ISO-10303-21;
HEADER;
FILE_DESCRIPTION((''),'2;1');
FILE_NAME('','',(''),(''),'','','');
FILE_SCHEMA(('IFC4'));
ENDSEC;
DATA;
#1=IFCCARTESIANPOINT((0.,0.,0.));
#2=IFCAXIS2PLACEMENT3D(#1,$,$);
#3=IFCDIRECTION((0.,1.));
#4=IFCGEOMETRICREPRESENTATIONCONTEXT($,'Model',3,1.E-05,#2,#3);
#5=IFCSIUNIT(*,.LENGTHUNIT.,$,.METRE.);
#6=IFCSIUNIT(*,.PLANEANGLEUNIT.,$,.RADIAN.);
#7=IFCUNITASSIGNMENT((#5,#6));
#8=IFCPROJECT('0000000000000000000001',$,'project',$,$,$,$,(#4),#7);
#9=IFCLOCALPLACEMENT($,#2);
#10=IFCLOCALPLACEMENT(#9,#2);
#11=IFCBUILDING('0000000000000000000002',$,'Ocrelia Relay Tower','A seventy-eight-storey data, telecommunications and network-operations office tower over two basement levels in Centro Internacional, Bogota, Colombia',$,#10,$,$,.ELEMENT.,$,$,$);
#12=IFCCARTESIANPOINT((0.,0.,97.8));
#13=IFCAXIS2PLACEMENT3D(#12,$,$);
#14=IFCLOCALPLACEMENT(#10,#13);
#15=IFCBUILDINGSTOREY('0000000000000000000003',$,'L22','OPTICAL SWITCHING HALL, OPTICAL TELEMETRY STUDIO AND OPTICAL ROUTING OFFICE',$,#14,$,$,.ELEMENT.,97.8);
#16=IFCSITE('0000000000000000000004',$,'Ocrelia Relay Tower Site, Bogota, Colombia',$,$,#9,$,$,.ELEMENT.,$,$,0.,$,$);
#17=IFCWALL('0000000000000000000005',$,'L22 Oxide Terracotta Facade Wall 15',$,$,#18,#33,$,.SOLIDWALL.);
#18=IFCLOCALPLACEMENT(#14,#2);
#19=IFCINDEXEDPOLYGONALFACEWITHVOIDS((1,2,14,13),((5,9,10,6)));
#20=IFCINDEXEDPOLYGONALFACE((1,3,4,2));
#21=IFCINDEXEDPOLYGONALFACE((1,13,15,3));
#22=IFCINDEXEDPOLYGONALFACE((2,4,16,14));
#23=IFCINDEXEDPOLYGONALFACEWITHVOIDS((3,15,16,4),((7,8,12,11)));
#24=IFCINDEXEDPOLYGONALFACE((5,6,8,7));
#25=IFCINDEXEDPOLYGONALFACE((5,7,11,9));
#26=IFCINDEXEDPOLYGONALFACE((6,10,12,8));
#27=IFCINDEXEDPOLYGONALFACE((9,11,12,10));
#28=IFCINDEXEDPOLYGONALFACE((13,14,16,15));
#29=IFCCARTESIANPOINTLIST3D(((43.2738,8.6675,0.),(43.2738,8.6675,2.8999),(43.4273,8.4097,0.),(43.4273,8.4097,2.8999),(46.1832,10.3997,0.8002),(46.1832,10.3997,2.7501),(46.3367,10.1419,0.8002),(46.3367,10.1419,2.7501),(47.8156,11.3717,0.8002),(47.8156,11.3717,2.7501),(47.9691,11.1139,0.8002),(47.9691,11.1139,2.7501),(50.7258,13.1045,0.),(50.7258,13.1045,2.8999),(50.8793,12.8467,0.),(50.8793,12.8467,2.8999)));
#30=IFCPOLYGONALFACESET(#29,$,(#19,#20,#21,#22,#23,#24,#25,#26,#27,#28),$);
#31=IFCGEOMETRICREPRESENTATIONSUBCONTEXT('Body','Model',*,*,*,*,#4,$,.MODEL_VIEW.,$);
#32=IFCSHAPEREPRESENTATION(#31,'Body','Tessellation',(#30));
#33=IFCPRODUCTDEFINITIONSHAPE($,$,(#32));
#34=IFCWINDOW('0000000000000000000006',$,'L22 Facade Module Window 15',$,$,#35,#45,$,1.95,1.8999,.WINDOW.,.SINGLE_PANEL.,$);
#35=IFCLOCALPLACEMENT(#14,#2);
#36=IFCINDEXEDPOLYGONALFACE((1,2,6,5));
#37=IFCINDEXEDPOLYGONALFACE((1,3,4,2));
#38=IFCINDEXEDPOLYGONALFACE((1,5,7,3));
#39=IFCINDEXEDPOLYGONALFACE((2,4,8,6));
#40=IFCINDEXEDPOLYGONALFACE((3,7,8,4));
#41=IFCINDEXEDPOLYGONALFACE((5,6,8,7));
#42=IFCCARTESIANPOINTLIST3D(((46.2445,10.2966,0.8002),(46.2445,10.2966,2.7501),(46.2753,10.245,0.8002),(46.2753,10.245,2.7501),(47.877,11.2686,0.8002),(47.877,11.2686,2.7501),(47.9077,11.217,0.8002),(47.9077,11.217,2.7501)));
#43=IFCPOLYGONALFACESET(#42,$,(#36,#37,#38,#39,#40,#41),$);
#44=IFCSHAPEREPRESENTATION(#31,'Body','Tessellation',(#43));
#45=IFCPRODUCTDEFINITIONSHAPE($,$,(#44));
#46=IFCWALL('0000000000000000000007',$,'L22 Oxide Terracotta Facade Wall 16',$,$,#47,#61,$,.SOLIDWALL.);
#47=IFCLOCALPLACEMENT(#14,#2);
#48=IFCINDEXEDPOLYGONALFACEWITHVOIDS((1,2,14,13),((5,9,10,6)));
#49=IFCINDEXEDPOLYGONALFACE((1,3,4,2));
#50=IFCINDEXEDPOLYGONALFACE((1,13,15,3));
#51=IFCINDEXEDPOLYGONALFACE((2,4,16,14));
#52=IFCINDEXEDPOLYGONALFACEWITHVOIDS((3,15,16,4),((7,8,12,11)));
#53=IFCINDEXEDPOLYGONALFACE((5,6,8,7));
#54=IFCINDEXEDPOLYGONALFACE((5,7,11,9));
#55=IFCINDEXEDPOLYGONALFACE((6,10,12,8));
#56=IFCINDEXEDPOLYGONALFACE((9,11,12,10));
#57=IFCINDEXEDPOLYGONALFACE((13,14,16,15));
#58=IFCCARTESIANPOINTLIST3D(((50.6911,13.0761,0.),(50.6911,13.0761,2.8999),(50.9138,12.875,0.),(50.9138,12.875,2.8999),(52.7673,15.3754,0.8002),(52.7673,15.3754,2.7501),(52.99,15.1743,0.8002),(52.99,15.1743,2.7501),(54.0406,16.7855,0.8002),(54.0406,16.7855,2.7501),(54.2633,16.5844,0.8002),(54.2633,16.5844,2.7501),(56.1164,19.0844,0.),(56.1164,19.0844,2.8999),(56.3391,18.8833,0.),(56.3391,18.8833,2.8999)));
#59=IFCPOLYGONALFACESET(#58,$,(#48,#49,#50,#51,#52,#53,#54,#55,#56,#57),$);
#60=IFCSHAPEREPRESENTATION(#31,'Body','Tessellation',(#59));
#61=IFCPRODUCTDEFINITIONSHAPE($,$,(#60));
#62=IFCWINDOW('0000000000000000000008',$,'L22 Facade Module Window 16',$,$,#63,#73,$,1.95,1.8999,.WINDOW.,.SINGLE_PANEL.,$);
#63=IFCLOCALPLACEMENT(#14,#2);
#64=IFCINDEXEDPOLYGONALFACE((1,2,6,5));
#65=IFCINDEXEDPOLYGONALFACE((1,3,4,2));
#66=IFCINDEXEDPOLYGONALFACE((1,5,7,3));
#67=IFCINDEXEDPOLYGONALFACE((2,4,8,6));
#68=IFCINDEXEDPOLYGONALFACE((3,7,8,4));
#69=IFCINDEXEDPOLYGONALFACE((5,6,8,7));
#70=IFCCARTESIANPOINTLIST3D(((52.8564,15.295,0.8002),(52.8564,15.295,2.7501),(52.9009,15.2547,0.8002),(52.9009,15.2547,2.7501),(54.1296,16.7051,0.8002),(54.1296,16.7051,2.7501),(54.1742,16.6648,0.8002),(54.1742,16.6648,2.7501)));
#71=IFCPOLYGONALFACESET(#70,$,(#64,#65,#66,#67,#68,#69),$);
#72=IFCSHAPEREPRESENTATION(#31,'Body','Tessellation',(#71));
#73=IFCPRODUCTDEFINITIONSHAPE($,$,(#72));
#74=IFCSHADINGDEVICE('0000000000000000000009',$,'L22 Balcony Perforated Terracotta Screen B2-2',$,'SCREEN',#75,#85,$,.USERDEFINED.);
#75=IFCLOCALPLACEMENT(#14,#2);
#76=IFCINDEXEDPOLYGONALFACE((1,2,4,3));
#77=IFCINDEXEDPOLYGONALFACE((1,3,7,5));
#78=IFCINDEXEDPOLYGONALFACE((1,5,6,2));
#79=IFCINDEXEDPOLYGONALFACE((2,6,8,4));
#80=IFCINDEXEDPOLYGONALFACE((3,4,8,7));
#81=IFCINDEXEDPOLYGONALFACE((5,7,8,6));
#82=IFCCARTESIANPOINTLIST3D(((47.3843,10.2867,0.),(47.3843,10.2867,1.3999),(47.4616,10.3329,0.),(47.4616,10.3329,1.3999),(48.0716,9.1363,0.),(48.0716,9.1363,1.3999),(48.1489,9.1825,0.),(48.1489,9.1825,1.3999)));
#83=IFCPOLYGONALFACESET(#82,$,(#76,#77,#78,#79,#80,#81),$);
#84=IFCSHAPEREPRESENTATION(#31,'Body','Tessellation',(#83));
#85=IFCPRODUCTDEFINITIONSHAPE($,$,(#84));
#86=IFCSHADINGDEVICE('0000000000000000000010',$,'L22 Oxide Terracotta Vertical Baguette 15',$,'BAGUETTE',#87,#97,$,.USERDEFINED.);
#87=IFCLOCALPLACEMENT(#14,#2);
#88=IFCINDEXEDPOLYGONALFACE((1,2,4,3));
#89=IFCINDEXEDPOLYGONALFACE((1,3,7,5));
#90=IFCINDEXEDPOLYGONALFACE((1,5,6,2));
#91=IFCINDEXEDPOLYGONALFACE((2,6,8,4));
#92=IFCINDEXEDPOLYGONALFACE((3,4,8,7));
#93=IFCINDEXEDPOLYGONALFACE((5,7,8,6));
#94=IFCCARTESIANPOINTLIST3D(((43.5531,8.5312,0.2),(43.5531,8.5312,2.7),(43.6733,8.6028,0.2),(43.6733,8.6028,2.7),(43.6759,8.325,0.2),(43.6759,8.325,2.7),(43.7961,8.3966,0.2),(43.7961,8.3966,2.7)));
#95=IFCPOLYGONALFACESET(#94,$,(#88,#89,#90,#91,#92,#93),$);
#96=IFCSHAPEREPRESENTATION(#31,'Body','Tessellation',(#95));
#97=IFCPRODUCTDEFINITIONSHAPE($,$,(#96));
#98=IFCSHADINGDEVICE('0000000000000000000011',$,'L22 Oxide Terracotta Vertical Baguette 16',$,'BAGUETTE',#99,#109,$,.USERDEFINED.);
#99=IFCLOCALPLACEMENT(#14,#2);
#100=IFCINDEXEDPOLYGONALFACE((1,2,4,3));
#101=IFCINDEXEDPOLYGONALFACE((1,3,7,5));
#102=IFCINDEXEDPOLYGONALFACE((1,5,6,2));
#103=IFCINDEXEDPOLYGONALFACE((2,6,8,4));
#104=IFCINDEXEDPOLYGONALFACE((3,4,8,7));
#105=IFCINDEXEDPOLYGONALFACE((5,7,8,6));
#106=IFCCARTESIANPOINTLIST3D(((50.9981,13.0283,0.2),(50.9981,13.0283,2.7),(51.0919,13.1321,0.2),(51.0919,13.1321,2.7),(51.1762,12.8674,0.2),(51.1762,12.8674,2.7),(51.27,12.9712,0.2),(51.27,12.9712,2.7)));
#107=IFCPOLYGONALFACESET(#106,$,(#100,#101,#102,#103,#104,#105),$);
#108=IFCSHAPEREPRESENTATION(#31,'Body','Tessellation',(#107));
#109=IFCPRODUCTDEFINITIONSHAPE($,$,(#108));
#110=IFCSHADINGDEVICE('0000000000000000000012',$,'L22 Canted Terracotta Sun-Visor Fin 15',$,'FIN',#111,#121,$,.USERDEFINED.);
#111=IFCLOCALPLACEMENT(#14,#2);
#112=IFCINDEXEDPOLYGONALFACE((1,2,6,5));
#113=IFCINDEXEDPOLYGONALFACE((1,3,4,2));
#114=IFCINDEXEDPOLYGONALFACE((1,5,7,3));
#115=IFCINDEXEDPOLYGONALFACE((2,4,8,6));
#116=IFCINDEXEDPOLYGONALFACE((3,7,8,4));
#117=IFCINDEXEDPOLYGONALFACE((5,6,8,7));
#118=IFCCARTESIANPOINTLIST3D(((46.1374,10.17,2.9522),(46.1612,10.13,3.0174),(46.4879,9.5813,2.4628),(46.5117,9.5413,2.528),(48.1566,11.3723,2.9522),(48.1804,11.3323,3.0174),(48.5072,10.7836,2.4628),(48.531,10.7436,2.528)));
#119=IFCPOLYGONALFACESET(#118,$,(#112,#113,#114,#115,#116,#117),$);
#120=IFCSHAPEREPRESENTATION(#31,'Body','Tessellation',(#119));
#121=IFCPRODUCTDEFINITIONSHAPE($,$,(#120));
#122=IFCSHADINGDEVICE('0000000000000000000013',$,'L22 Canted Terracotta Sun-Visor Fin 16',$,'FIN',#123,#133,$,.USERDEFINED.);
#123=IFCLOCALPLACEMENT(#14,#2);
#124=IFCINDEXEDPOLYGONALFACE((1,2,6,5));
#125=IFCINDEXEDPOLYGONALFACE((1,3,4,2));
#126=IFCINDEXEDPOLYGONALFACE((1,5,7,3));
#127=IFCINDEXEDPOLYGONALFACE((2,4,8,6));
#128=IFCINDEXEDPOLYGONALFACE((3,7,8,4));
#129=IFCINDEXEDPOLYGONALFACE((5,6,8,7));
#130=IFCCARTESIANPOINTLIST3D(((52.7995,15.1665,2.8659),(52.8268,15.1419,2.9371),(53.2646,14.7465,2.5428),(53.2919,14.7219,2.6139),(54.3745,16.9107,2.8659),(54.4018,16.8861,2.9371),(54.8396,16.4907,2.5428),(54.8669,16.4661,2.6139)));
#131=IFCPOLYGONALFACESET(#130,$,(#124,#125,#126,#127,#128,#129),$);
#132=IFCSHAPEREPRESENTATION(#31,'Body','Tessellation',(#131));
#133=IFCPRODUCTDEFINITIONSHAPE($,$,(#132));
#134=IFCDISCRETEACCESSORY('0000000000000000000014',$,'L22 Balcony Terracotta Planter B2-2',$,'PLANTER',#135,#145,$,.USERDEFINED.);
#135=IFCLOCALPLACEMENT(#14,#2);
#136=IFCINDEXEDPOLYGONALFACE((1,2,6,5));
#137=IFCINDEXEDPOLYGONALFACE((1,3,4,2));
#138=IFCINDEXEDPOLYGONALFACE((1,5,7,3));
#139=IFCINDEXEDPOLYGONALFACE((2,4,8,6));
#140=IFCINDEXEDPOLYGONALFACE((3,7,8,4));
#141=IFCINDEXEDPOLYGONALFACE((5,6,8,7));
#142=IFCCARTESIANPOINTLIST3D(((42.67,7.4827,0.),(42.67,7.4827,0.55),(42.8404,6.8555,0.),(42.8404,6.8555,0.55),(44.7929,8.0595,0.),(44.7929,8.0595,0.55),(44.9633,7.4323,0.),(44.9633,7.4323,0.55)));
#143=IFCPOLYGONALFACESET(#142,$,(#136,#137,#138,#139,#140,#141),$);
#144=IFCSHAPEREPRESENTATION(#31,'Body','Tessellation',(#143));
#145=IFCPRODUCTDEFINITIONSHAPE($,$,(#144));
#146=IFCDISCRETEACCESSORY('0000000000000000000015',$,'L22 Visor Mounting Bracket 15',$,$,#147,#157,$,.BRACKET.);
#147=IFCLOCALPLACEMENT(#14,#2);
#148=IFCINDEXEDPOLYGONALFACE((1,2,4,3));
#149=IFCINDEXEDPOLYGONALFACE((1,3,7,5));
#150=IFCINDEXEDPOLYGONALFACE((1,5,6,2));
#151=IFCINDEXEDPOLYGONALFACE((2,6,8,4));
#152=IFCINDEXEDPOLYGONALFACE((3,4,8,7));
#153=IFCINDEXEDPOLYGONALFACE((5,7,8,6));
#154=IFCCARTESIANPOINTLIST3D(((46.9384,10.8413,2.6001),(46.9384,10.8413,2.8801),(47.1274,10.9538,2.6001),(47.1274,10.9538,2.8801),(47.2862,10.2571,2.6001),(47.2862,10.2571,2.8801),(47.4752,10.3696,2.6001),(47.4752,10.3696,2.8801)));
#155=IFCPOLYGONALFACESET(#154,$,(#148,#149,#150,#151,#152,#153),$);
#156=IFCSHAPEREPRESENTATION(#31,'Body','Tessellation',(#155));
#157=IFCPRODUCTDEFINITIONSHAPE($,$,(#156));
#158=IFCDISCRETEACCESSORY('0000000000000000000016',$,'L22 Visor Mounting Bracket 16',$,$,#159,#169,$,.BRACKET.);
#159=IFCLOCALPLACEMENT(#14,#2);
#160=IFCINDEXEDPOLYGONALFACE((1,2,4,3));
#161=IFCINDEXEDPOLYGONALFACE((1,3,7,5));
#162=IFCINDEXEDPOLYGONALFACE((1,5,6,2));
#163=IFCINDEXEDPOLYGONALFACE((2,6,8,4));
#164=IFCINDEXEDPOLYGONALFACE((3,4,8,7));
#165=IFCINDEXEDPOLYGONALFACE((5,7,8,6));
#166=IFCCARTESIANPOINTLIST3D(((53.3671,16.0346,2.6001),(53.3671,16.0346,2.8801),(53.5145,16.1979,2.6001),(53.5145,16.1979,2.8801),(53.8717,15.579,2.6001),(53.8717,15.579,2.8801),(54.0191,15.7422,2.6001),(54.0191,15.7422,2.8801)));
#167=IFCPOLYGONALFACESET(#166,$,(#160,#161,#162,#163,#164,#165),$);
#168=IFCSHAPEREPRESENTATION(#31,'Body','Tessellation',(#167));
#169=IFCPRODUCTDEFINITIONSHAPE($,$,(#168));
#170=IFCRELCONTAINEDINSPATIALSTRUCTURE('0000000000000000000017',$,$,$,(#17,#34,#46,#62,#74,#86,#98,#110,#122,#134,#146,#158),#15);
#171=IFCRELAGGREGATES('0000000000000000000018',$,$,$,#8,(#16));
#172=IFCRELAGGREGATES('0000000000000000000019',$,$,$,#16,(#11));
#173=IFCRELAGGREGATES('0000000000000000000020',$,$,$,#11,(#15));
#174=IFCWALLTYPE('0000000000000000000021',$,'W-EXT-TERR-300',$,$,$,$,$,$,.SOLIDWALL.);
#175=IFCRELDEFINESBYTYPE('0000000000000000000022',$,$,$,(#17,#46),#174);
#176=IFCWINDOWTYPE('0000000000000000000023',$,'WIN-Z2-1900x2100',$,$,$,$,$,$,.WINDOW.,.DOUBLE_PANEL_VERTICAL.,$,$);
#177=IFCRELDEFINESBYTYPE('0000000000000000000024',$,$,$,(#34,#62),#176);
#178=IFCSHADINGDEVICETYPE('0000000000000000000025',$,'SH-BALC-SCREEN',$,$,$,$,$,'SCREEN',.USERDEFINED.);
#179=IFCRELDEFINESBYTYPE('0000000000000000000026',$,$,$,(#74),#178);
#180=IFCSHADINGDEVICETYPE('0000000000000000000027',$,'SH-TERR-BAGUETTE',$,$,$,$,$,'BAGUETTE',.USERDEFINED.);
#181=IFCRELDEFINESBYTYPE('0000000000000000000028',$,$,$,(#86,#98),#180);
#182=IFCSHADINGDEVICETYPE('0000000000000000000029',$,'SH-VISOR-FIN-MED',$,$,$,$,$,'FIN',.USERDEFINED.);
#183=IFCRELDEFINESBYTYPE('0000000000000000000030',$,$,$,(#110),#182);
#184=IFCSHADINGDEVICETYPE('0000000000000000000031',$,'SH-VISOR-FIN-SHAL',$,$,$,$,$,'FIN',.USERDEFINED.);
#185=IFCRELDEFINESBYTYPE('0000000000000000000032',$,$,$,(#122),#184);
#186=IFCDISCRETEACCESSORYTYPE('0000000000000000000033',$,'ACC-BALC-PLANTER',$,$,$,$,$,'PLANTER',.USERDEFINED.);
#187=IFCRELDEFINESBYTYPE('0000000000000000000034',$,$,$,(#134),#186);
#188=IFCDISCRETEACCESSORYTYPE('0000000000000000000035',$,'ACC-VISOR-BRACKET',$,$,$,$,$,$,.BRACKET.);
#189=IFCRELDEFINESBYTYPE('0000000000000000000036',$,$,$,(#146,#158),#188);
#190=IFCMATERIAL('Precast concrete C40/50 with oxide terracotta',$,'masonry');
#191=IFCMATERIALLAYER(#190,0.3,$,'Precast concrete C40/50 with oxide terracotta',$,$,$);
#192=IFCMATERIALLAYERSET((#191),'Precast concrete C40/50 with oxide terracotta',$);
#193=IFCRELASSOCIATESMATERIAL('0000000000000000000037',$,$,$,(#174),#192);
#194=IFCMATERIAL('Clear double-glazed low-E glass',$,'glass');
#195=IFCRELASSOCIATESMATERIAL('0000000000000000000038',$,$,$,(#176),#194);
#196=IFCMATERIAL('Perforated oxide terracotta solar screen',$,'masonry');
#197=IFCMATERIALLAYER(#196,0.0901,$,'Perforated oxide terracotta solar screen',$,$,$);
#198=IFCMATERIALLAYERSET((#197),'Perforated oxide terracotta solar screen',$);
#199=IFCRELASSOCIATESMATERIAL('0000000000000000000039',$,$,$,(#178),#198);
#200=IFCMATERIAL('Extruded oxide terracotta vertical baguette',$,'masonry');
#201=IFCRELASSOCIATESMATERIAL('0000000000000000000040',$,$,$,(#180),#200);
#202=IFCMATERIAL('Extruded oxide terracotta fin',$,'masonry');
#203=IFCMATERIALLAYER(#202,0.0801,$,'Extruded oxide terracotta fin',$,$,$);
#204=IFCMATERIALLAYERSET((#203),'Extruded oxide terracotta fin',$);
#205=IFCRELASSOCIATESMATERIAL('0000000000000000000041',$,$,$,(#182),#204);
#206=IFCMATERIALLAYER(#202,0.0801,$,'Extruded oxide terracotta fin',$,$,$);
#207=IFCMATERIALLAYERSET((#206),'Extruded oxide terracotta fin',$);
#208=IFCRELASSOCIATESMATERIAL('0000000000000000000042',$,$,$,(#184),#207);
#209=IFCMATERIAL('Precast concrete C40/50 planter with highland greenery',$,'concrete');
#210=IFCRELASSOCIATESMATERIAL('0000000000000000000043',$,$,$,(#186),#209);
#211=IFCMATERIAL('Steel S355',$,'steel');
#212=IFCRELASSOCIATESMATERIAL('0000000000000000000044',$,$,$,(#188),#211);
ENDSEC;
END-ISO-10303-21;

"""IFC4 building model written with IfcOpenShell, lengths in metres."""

from ifc_helpers import new_model, si_unit, direction, frame, frame_2d, origin, origin_2d, place, context, subcontext, project, spatial, rectangle, extrude, material, layer, layer_set, type_object, element, fill, save


model = new_model("IFC4")

# Units and contexts
model_context = context("Model", 3, precision=1e-05, world=origin(), true_north=direction((0.0, 1.0)))
body_context = subcontext(model_context, "Body", "Model", "MODEL_VIEW")
ifc_project = project(units=[si_unit("LENGTHUNIT", "METRE"), si_unit("PLANEANGLEUNIT", "RADIAN")], contexts=[model_context])

# Site, building, storey
site_placement = place(None, origin())
site = spatial("IfcSite", under=ifc_project, at=site_placement, Name="Ocrelia Relay Tower Site, Bogota, Colombia", CompositionType="ELEMENT", RefElevation=0.0)
building_placement = place(site_placement, origin())
building = spatial("IfcBuilding", under=site, at=building_placement, Name="Ocrelia Relay Tower", Description="A seventy-eight-storey data, telecommunications and network-operations office tower over two basement levels in Centro Internacional, Bogota, Colombia", CompositionType="ELEMENT")
storey_placement = place(building_placement, frame((0.0, 0.0, 97.8)))
storey = spatial("IfcBuildingStorey", under=building, at=storey_placement, Name="L22", Description="OPTICAL SWITCHING HALL, OPTICAL TELEMETRY STUDIO AND OPTICAL ROUTING OFFICE", CompositionType="ELEMENT", Elevation=97.8)

# Shared definitions
ifc_material_1 = material(Name="Steel S355", Category="steel")

# Walls, openings, windows
ifc_material_2 = material(Name="Precast concrete C40/50 with oxide terracotta", Category="masonry")
ifc_layer_1 = layer(ifc_material_2, 0.3, Name="Precast concrete C40/50 with oxide terracotta")
ifc_layer_set_1 = layer_set([ifc_layer_1], Name="Precast concrete C40/50 with oxide terracotta")
wall_type = type_object("IfcWallType", Name="W-EXT-TERR-300", PredefinedType="SOLIDWALL", material=ifc_layer_set_1)
wall_1_placement = place(storey_placement, frame((43.3506, 8.5386, 0.0), z_axis=(0.0, 0.0, 1.0), x_axis=(0.859224, 0.511599, 0.0)))
wall_1 = element("IfcWall", 1, at=wall_1_placement, inside=storey, type_object=wall_type, Name="L22 Oxide Terracotta Facade Wall 15", PredefinedType="SOLIDWALL", context=body_context, shape_type="SweptSolid", body=[
    extrude(rectangle(XDim=8.6729, YDim=0.3, at=frame_2d((4.3364, 0.0))), origin(), (0.0, 0.0, 1.0), 2.8999),
])
opening_1_placement = place(wall_1_placement, frame((3.386, 0.0, 0.8)))
opening_1 = element("IfcOpeningElement", 2, at=opening_1_placement, cuts=wall_1, PredefinedType="OPENING", context=body_context, shape_type="SweptSolid", body=[
    extrude(rectangle(XDim=1.8999, YDim=1.95, at=frame_2d((0.95, 0.9751))), frame((0.0, 0.1602, 0.0), z_axis=(0.0, -1.0, 0.0), x_axis=(1.0, 0.0, 0.0)), (0.0, 0.0, 1.0), 0.3201),
])
ifc_material_3 = material(Name="Clear double-glazed low-E glass", Category="glass")
window_type = type_object("IfcWindowType", Name="WIN-Z2-1900x2100", PartitioningType="DOUBLE_PANEL_VERTICAL", PredefinedType="WINDOW", material=ifc_material_3)
window_1_placement = place(opening_1_placement, origin())
window_1 = element("IfcWindow", 3, at=window_1_placement, inside=storey, type_object=window_type, Name="L22 Facade Module Window 15", OverallHeight=1.95, OverallWidth=1.8999, PartitioningType="SINGLE_PANEL", PredefinedType="WINDOW", context=body_context, shape_type="SweptSolid", body=[
    extrude(rectangle(XDim=1.8999, YDim=1.95, at=frame_2d((0.95, 0.9751))), frame((0.0, 0.03, 0.0), z_axis=(0.0, -1.0, 0.0), x_axis=(1.0, 0.0, 0.0)), (0.0, 0.0, 1.0), 0.0601),
])
fill(opening_1, window_1)
wall_2_placement = place(storey_placement, frame((50.8025, 12.9756, 0.0), z_axis=(0.0, 0.0, 1.0), x_axis=(0.67018, 0.742198, 0.0)))
wall_2 = element("IfcWall", 4, at=wall_2_placement, inside=storey, type_object=wall_type, Name="L22 Oxide Terracotta Facade Wall 16", PredefinedType="SOLIDWALL", context=body_context, shape_type="SweptSolid", body=[
    extrude(rectangle(XDim=8.0952, YDim=0.3, at=frame_2d((4.0476, 0.0))), origin(), (0.0, 0.0, 1.0), 2.8999),
])
opening_2_placement = place(wall_2_placement, frame((3.0979, 0.0, 0.8)))
opening_2 = element("IfcOpeningElement", 5, at=opening_2_placement, cuts=wall_2, PredefinedType="OPENING", context=body_context, shape_type="SweptSolid", body=[
    extrude(rectangle(XDim=1.8999, YDim=1.95, at=frame_2d((0.95, 0.9751))), frame((0.0, 0.1602, 0.0), z_axis=(0.0, -1.0, 0.0), x_axis=(1.0, 0.0, 0.0)), (0.0, 0.0, 1.0), 0.3201),
])
window_2_placement = place(opening_2_placement, origin())
window_2 = element("IfcWindow", 6, at=window_2_placement, inside=storey, type_object=window_type, Name="L22 Facade Module Window 16", OverallHeight=1.95, OverallWidth=1.8999, PartitioningType="SINGLE_PANEL", PredefinedType="WINDOW", context=body_context, shape_type="SweptSolid", body=[
    extrude(rectangle(XDim=1.8999, YDim=1.95, at=frame_2d((0.95, 0.9751))), frame((0.0, 0.03, 0.0), z_axis=(0.0, -1.0, 0.0), x_axis=(1.0, 0.0, 0.0)), (0.0, 0.0, 1.0), 0.0601),
])
fill(opening_2, window_2)

# Shading devices
ifc_material_4 = material(Name="Perforated oxide terracotta solar screen", Category="masonry")
ifc_layer_2 = layer(ifc_material_4, 0.0901, Name="Perforated oxide terracotta solar screen")
ifc_layer_set_2 = layer_set([ifc_layer_2], Name="Perforated oxide terracotta solar screen")
shading_device_type_1 = type_object("IfcShadingDeviceType", Name="SH-BALC-SCREEN", ElementType="SCREEN", PredefinedType="USERDEFINED", material=ifc_layer_set_2)
shading_device_1_placement = place(storey_placement, frame((47.7666, 9.7346, 0.0), z_axis=(0.0, 0.0, 1.0), x_axis=(0.51287, -0.858466, 0.0)))
element("IfcShadingDevice", 7, at=shading_device_1_placement, inside=storey, type_object=shading_device_type_1, Name="L22 Balcony Perforated Terracotta Screen B2-2", ObjectType="SCREEN", PredefinedType="USERDEFINED", context=body_context, shape_type="SweptSolid", body=[
    extrude(rectangle(XDim=1.3401, YDim=0.0901, at=origin_2d()), origin(), (0.0, 0.0, 1.0), 1.3999),
])
ifc_material_5 = material(Name="Extruded oxide terracotta vertical baguette", Category="masonry")
shading_device_type_2 = type_object("IfcShadingDeviceType", Name="SH-TERR-BAGUETTE", ElementType="BAGUETTE", PredefinedType="USERDEFINED", material=ifc_material_5)
for number, where, z_axis, x_axis, name in (
    (8, (43.6746, 8.4639, 0.2), (0.0, 0.0, 1.0), (0.85922, 0.511607, 0.0), "L22 Oxide Terracotta Vertical Baguette 15"),
    (9, (51.134, 12.9998, 0.2), (0.0, 0.0, 1.0), (0.670193, 0.742187, 0.0), "L22 Oxide Terracotta Vertical Baguette 16"),
):
    element("IfcShadingDevice", number, at=place(storey_placement, frame(where, z_axis=z_axis, x_axis=x_axis)), inside=storey, type_object=shading_device_type_2, Name=name, ObjectType="BAGUETTE", PredefinedType="USERDEFINED", context=body_context, shape_type="SweptSolid", body=[
        extrude(rectangle(XDim=0.1399, YDim=0.24, at=origin_2d()), origin(), (0.0, 0.0, 1.0), 2.5),
    ])
ifc_material_6 = material(Name="Extruded oxide terracotta fin", Category="masonry")
ifc_layer_3 = layer(ifc_material_6, 0.0801, Name="Extruded oxide terracotta fin")
ifc_layer_set_3 = layer_set([ifc_layer_3], Name="Extruded oxide terracotta fin")
shading_device_type_3 = type_object("IfcShadingDeviceType", Name="SH-VISOR-FIN-MED", ElementType="FIN", PredefinedType="USERDEFINED", material=ifc_layer_set_3)
shading_device_2_placement = place(storey_placement, frame((47.3223, 10.4768, 2.7075), z_axis=(0.297382, -0.49944, 0.81371), x_axis=(0.85922, 0.511607, 0.0)))
element("IfcShadingDevice", 10, at=shading_device_2_placement, inside=storey, type_object=shading_device_type_3, Name="L22 Canted Terracotta Sun-Visor Fin 15", ObjectType="FIN", PredefinedType="USERDEFINED", context=body_context, shape_type="SweptSolid", body=[
    extrude(rectangle(XDim=2.3501, YDim=0.842, at=origin_2d()), origin(), (0.0, 0.0, 1.0), 0.0801),
])
ifc_layer_4 = layer(ifc_material_6, 0.0801, Name="Extruded oxide terracotta fin")
ifc_layer_set_4 = layer_set([ifc_layer_4], Name="Extruded oxide terracotta fin")
shading_device_type_4 = type_object("IfcShadingDeviceType", Name="SH-VISOR-FIN-SHAL", ElementType="FIN", PredefinedType="USERDEFINED", material=ifc_layer_set_4)
shading_device_3_placement = place(storey_placement, frame((53.8196, 15.8286, 2.7043), z_axis=(0.340173, -0.307176, 0.888777), x_axis=(0.670193, 0.742187, 0.0)))
element("IfcShadingDevice", 11, at=shading_device_3_placement, inside=storey, type_object=shading_device_type_4, Name="L22 Canted Terracotta Sun-Visor Fin 16", ObjectType="FIN", PredefinedType="USERDEFINED", context=body_context, shape_type="SweptSolid", body=[
    extrude(rectangle(XDim=2.3501, YDim=0.7051, at=origin_2d()), origin(), (0.0, 0.0, 1.0), 0.0801),
])

# Discrete accessories
ifc_material_7 = material(Name="Precast concrete C40/50 planter with highland greenery", Category="concrete")
discrete_accessory_type_1 = type_object("IfcDiscreteAccessoryType", Name="ACC-BALC-PLANTER", ElementType="PLANTER", PredefinedType="USERDEFINED", material=ifc_material_7)
discrete_accessory_placement = place(storey_placement, frame((43.8167, 7.4575, 0.0), z_axis=(0.0, 0.0, 1.0), x_axis=(-0.965016, -0.262192, 0.0)))
element("IfcDiscreteAccessory", 12, at=discrete_accessory_placement, inside=storey, type_object=discrete_accessory_type_1, Name="L22 Balcony Terracotta Planter B2-2", ObjectType="PLANTER", PredefinedType="USERDEFINED", context=body_context, shape_type="SweptSolid", body=[
    extrude(rectangle(XDim=2.2, YDim=0.6499, at=origin_2d()), origin(), (0.0, 0.0, 1.0), 0.55),
])
discrete_accessory_type_2 = type_object("IfcDiscreteAccessoryType", Name="ACC-VISOR-BRACKET", PredefinedType="BRACKET", material=ifc_material_1)
for number, where, z_axis, x_axis, name in (
    (13, (47.2068, 10.6055, 2.6001), (0.0, 0.0, 1.0), (0.85922, 0.511607, 0.0), "L22 Visor Mounting Bracket 15"),
    (14, (53.6931, 15.8884, 2.6001), (0.0, 0.0, 1.0), (0.670193, 0.742187, 0.0), "L22 Visor Mounting Bracket 16"),
):
    element("IfcDiscreteAccessory", number, at=place(storey_placement, frame(where, z_axis=z_axis, x_axis=x_axis)), inside=storey, type_object=discrete_accessory_type_2, Name=name, PredefinedType="BRACKET", context=body_context, shape_type="SweptSolid", body=[
        extrude(rectangle(XDim=0.22, YDim=0.6799, at=origin_2d()), origin(), (0.0, 0.0, 1.0), 0.28),
    ])

save(model, "model.ifc")
